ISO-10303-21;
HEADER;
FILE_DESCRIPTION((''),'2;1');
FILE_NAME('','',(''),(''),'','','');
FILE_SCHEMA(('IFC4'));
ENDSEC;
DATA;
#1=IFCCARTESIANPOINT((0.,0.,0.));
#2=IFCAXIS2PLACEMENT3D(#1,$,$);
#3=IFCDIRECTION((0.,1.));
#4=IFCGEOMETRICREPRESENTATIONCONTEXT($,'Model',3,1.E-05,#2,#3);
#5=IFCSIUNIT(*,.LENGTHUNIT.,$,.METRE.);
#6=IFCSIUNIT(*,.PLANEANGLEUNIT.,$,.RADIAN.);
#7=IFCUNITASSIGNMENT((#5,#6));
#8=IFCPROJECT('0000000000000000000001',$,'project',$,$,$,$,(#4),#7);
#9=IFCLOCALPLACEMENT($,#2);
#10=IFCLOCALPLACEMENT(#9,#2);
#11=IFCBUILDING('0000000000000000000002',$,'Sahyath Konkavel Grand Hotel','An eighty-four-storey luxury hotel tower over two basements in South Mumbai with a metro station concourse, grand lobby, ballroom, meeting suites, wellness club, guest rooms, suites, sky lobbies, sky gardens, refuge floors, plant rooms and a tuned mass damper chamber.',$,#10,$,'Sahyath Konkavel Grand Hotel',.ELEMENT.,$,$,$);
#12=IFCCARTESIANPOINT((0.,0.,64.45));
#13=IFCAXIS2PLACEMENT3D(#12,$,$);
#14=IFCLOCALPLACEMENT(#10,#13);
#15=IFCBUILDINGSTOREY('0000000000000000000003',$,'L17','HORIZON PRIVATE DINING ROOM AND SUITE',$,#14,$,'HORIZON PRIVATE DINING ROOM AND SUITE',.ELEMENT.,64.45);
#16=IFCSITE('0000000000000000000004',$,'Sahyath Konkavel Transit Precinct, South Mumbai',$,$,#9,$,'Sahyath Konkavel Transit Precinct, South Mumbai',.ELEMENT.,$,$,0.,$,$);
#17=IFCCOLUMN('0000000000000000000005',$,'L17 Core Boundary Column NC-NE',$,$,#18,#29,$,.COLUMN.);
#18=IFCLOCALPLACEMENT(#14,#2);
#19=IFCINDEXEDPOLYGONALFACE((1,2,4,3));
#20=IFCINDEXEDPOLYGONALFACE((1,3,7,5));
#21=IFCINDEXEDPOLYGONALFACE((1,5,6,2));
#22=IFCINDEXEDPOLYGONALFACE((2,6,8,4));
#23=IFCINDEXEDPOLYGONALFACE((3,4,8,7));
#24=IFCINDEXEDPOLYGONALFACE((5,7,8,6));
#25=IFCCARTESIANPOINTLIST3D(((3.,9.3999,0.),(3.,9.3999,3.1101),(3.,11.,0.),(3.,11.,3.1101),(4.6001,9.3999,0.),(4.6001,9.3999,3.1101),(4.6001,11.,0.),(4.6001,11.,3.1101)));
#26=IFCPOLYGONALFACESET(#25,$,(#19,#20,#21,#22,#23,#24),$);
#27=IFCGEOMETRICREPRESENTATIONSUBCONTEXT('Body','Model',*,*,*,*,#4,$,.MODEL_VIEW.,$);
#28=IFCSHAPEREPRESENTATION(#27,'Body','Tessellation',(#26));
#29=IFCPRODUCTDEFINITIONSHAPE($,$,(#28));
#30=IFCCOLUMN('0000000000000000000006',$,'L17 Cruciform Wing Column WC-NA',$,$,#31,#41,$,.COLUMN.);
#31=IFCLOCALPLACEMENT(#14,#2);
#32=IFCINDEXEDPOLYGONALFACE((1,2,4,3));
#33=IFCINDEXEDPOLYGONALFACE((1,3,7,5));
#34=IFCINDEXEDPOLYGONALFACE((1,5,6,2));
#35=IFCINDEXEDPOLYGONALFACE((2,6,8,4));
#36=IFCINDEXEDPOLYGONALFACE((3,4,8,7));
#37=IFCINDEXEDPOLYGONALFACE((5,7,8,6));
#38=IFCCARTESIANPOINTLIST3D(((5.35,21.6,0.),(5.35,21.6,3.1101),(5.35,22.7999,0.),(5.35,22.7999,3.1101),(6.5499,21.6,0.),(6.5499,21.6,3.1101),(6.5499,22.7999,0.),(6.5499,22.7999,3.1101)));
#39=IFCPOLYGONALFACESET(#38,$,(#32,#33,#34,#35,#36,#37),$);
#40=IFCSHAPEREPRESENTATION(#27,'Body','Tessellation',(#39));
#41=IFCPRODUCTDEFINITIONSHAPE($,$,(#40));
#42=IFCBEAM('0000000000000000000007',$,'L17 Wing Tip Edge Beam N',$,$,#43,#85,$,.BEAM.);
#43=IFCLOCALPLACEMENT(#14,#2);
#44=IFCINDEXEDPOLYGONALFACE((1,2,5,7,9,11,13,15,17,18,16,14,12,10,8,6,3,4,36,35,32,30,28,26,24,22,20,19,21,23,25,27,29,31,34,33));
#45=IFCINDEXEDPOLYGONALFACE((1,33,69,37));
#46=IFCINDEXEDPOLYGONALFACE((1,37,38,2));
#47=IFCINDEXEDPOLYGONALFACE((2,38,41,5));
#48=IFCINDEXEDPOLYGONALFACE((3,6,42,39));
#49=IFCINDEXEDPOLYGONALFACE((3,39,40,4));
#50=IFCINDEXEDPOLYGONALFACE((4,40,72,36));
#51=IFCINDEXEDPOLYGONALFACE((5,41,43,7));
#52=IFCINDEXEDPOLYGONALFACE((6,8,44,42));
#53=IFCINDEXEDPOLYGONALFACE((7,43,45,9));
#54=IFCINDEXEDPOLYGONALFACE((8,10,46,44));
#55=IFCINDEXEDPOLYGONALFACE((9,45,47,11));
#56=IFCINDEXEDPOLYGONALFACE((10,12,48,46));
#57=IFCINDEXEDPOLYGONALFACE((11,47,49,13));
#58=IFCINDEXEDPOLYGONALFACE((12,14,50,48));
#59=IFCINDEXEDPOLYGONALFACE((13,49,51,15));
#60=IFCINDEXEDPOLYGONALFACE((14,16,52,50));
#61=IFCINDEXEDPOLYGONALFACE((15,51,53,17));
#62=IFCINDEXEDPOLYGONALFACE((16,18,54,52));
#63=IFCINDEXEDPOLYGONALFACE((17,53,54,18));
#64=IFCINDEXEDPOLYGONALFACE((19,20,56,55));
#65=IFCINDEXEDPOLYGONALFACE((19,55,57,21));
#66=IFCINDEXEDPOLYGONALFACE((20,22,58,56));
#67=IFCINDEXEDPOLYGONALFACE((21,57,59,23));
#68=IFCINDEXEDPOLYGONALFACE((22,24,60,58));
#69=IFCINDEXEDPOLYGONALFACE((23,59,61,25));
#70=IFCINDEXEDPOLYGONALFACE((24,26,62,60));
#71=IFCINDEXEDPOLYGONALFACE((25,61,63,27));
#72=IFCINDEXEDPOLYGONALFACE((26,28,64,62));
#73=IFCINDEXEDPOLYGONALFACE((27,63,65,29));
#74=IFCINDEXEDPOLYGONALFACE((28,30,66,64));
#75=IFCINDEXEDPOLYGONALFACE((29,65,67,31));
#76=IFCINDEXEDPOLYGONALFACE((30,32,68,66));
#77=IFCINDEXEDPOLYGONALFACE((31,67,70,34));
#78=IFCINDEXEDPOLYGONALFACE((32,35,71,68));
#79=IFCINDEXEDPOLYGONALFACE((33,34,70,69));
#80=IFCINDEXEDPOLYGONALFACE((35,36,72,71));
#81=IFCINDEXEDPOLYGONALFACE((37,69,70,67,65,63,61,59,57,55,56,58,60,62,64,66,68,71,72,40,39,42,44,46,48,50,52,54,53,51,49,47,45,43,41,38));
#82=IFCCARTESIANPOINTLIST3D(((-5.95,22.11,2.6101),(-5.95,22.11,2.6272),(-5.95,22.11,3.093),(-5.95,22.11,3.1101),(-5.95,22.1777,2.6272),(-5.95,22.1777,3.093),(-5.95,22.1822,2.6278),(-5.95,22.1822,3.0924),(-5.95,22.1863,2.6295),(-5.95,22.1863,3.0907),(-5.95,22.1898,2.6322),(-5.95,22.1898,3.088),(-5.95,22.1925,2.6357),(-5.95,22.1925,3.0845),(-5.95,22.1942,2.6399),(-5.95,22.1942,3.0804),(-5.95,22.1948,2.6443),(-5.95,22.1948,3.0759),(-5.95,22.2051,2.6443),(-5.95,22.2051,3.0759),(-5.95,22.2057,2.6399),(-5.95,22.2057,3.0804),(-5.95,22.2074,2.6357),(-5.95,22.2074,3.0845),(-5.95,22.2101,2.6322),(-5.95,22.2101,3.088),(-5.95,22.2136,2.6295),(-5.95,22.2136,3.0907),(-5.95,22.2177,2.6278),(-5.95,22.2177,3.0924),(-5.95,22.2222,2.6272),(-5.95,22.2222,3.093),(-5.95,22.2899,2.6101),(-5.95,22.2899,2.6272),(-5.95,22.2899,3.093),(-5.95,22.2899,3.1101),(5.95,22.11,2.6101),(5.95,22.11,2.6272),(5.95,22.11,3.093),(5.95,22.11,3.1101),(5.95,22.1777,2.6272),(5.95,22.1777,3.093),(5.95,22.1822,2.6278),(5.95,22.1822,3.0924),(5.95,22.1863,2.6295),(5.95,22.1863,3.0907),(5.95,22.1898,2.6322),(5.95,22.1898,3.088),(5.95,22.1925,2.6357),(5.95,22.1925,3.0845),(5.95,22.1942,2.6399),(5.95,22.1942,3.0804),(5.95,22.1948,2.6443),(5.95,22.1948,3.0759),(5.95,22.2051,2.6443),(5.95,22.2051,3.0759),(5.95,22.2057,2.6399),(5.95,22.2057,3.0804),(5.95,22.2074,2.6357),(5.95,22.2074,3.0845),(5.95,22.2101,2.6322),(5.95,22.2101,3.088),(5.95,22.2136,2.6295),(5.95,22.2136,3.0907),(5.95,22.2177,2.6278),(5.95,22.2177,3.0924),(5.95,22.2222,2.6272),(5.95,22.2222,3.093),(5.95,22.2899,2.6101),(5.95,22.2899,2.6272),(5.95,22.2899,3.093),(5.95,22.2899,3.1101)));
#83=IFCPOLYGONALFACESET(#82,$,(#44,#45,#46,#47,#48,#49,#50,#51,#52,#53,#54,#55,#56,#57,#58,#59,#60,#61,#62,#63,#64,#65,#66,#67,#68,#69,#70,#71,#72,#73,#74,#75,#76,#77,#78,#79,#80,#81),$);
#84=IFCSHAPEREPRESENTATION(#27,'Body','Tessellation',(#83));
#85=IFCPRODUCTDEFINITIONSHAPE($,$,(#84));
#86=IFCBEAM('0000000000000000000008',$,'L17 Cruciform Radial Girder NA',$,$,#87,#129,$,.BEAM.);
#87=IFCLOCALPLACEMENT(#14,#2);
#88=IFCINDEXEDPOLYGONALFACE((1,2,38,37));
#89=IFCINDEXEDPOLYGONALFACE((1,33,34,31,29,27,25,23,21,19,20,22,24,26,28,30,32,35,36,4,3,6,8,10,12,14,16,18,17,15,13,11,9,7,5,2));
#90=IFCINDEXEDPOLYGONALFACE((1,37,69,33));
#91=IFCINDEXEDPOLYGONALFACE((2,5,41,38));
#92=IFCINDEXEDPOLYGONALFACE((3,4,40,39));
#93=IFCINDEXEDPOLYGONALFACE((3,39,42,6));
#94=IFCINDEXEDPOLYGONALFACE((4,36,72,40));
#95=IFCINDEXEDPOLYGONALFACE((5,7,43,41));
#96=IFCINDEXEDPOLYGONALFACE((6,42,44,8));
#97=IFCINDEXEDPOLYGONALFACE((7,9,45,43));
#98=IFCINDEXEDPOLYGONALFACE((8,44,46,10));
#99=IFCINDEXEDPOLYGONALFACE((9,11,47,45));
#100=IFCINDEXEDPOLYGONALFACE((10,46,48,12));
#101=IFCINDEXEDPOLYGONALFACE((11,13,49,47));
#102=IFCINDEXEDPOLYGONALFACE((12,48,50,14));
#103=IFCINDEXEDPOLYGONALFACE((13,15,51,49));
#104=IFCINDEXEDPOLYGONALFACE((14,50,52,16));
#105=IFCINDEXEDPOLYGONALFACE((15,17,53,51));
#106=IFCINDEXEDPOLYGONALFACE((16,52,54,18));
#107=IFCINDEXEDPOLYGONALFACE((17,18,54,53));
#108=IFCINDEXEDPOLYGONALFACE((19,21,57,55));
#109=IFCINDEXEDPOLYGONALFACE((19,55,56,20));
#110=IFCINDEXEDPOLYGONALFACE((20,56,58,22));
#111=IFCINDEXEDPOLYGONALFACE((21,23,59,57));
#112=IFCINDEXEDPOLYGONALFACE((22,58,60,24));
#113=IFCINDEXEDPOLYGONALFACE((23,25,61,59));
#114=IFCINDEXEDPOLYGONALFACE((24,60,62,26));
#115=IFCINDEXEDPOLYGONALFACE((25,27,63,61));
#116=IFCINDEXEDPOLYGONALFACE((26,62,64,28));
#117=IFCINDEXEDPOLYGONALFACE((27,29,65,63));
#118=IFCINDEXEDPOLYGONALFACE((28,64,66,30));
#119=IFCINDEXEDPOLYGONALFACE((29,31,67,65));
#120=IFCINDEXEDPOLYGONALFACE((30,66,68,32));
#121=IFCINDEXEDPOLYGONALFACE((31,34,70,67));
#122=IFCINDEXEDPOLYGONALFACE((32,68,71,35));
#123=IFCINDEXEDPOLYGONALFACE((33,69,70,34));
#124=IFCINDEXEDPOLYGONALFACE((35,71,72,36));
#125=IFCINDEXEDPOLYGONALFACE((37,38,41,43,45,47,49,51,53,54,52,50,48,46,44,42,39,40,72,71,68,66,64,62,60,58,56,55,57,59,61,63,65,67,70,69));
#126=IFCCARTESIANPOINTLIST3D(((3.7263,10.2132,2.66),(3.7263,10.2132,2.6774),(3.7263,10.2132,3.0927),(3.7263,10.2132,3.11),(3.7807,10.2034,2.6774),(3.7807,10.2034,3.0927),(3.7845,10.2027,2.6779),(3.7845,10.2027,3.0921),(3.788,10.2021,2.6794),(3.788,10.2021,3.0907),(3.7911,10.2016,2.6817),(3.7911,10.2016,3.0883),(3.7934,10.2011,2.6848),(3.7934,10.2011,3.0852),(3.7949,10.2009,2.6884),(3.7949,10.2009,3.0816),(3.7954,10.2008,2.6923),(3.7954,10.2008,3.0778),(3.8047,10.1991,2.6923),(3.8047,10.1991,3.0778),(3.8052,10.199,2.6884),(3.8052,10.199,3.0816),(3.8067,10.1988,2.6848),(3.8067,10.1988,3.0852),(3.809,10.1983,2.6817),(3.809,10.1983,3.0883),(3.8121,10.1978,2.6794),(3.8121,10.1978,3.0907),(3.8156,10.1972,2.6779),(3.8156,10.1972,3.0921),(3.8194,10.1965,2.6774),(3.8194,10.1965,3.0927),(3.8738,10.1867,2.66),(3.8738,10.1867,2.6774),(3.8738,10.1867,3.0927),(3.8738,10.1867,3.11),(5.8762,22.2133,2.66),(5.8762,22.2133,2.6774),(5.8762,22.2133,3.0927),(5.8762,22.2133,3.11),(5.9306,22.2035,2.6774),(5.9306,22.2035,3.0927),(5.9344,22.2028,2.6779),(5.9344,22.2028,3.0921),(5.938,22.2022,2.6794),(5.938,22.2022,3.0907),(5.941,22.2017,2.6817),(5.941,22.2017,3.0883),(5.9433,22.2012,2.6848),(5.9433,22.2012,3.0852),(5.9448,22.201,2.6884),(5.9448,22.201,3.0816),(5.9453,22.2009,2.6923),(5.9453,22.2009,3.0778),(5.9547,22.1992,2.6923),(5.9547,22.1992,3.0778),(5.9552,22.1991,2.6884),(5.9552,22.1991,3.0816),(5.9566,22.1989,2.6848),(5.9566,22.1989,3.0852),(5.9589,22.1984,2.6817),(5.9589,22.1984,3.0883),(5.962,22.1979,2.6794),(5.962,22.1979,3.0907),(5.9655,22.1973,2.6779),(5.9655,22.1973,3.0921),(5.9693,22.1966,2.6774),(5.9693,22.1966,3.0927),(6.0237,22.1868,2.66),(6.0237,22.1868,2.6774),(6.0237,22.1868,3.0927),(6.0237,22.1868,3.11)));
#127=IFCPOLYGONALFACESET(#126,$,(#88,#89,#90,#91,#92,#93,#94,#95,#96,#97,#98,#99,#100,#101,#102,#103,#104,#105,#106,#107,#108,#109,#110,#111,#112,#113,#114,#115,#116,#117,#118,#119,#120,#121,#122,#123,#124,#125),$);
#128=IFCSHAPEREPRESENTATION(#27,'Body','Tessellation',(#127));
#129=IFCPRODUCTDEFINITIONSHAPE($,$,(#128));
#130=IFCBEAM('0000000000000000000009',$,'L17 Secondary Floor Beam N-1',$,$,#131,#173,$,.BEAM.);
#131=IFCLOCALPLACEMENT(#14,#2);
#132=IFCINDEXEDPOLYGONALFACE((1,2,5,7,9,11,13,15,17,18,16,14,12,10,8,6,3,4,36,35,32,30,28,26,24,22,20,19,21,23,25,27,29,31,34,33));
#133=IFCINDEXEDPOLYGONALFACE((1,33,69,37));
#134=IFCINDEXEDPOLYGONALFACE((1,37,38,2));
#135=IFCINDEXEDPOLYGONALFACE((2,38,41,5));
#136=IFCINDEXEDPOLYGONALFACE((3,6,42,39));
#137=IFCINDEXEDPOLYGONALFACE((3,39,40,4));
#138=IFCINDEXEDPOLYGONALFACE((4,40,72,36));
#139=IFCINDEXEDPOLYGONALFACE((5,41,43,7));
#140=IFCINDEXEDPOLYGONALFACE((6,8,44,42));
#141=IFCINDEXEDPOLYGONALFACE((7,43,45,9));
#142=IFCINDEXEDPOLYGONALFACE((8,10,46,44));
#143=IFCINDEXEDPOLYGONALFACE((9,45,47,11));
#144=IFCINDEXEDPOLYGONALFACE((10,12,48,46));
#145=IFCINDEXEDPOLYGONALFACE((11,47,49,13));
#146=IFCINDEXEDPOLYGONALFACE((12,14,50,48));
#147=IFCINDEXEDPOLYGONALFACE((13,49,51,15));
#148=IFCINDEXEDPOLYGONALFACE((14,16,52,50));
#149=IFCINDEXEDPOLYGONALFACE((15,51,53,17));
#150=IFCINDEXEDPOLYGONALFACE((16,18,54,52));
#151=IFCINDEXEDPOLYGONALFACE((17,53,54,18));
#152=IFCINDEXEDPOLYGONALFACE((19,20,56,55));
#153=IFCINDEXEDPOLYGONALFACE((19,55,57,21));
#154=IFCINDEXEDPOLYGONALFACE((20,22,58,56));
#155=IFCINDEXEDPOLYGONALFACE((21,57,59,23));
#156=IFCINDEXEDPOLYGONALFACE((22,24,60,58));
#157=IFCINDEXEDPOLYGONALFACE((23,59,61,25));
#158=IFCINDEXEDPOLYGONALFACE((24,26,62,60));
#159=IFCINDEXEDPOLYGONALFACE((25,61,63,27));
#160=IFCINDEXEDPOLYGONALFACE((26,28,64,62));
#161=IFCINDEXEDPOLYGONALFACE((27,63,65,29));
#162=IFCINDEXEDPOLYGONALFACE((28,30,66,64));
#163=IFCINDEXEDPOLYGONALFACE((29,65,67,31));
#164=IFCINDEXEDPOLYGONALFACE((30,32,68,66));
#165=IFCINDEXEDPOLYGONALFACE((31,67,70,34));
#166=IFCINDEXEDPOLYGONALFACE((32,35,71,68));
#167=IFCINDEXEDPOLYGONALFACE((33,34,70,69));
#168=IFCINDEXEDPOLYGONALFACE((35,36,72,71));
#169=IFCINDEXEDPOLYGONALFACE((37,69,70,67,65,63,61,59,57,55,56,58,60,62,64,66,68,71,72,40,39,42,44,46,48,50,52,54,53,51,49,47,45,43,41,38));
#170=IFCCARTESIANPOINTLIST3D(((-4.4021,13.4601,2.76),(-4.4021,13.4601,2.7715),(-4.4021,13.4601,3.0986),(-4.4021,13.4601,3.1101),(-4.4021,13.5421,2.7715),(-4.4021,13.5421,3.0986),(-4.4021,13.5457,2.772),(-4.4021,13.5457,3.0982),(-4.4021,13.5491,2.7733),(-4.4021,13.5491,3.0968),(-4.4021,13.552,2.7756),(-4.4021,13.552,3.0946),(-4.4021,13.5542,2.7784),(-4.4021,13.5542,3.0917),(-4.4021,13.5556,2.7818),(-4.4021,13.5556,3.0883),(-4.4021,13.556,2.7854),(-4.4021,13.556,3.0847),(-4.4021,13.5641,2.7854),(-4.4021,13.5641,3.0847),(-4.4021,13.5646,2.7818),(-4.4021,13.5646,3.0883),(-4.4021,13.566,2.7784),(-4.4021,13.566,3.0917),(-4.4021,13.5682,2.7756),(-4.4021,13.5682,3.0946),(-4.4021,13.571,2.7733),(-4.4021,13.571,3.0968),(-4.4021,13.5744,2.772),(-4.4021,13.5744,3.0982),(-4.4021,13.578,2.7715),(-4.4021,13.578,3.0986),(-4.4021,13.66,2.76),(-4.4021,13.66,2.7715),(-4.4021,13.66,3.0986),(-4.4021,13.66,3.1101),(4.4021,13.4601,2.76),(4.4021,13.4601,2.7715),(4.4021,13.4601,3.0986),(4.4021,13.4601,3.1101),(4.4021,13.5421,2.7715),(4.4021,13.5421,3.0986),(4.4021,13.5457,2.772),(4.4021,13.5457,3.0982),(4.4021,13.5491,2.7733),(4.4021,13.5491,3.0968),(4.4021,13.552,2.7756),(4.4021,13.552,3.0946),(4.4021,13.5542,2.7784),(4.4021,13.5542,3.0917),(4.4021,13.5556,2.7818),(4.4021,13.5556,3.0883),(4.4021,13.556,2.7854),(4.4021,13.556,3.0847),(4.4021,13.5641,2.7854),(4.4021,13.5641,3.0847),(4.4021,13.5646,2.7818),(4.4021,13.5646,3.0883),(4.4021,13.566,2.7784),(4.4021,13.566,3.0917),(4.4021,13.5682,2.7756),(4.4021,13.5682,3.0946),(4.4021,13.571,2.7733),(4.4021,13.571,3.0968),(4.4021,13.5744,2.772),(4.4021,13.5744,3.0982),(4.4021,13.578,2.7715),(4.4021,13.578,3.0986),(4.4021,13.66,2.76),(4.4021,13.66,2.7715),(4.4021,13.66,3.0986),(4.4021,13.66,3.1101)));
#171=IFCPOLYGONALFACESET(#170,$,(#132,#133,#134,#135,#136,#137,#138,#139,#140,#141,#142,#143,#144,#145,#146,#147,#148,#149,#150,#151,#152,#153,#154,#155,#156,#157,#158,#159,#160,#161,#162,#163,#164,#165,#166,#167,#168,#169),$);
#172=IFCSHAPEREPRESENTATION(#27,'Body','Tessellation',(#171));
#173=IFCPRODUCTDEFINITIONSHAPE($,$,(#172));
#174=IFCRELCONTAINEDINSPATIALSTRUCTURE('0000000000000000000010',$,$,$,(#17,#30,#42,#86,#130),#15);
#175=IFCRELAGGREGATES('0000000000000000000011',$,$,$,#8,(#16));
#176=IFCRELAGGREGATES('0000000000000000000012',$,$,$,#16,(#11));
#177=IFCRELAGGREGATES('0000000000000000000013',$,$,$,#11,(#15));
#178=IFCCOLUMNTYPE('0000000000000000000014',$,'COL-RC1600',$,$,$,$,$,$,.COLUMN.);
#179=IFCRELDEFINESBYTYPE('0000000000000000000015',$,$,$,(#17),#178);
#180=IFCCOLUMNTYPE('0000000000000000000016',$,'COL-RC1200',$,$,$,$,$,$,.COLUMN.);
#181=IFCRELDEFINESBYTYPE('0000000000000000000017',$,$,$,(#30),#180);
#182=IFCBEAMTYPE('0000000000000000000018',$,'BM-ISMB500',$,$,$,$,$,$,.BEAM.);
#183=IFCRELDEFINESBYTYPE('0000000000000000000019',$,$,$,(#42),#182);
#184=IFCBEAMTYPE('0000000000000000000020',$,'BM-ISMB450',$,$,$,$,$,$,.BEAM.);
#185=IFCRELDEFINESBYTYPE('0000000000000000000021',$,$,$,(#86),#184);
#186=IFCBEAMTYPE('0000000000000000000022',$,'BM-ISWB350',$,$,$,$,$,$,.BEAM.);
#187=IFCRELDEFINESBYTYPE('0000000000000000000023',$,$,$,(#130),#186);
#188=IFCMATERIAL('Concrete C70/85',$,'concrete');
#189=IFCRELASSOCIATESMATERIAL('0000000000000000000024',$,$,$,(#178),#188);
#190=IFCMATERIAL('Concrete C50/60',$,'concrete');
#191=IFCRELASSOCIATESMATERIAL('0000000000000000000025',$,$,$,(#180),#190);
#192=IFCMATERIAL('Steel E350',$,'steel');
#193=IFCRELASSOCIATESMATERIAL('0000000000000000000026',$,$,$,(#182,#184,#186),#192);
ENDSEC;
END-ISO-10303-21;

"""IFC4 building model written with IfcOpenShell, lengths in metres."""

from ifc_helpers import new_model, si_unit, direction, frame, origin, origin_2d, place, context, subcontext, project, spatial, rectangle, i_section, extrude, source, transform, mapped, material, material_profile, profile_set, type_object, element, save


model = new_model("IFC4")

# Units and contexts
model_context = context("Model", 3, precision=1e-05, world=origin(), true_north=direction((0.0, 1.0)))
body_context = subcontext(model_context, "Body", "Model", "MODEL_VIEW")
ifc_project = project(units=[si_unit("LENGTHUNIT", "METRE"), si_unit("PLANEANGLEUNIT", "RADIAN")], contexts=[model_context])

# Site, building, storey
site_placement = place(None, origin())
site = spatial("IfcSite", under=ifc_project, at=site_placement, Name="Sahyath Konkavel Transit Precinct, South Mumbai", LongName="Sahyath Konkavel Transit Precinct, South Mumbai", CompositionType="ELEMENT", RefElevation=0.0)
building_placement = place(site_placement, origin())
building = spatial("IfcBuilding", under=site, at=building_placement, Name="Sahyath Konkavel Grand Hotel", Description="An eighty-four-storey luxury hotel tower over two basements in South Mumbai with a metro station concourse, grand lobby, ballroom, meeting suites, wellness club, guest rooms, suites, sky lobbies, sky gardens, refuge floors, plant rooms and a tuned mass damper chamber.", LongName="Sahyath Konkavel Grand Hotel", CompositionType="ELEMENT")
storey_placement = place(building_placement, frame((0.0, 0.0, 64.45)))
storey = spatial("IfcBuildingStorey", under=building, at=storey_placement, Name="L17", Description="HORIZON PRIVATE DINING ROOM AND SUITE", LongName="HORIZON PRIVATE DINING ROOM AND SUITE", CompositionType="ELEMENT", Elevation=64.45)

# Columns
ifc_material_1 = material(Name="Concrete C70/85", Category="concrete")
ifc_material_profile_1 = material_profile(ifc_material_1, rectangle(XDim=1.6001, YDim=1.6001, at=origin_2d()), Name="RC 1600x1600")
ifc_profile_set_1 = profile_set([ifc_material_profile_1], Name="Concrete C70/85")
column_type_1 = type_object("IfcColumnType", Name="COL-RC1600", PredefinedType="COLUMN", material=ifc_profile_set_1)
shared_shape_1 = source(origin(), body_context, "Body", "SweptSolid", [
    extrude(rectangle(XDim=1.6001, YDim=1.6001, at=origin_2d()), origin(), (0.0, 0.0, 1.0), 3.1101),
])
column_1_placement = place(storey_placement, frame((3.8, 10.2, 0.0), z_axis=(0.0, 0.0, 1.0), x_axis=(1.0, 0.0, 0.0)))
element("IfcColumn", 1, at=column_1_placement, inside=storey, type_object=column_type_1, Name="L17 Core Boundary Column NC-NE", PredefinedType="COLUMN", context=body_context, shape_type="MappedRepresentation", body=[
    mapped(shared_shape_1, transform((0.0, 0.0, 0.0), scale=1.0)),
])
ifc_material_2 = material(Name="Concrete C50/60", Category="concrete")
ifc_material_profile_2 = material_profile(ifc_material_2, rectangle(XDim=1.2, YDim=1.2, at=origin_2d()), Name="RC 1200x1200")
ifc_profile_set_2 = profile_set([ifc_material_profile_2], Name="Concrete C50/60")
column_type_2 = type_object("IfcColumnType", Name="COL-RC1200", PredefinedType="COLUMN", material=ifc_profile_set_2)
shared_shape_2 = source(origin(), body_context, "Body", "SweptSolid", [
    extrude(rectangle(XDim=1.2, YDim=1.2, at=origin_2d()), origin(), (0.0, 0.0, 1.0), 3.1101),
])
column_2_placement = place(storey_placement, frame((5.95, 22.2, 0.0), z_axis=(0.0, 0.0, 1.0), x_axis=(1.0, 0.0, 0.0)))
element("IfcColumn", 2, at=column_2_placement, inside=storey, type_object=column_type_2, Name="L17 Cruciform Wing Column WC-NA", PredefinedType="COLUMN", context=body_context, shape_type="MappedRepresentation", body=[
    mapped(shared_shape_2, transform((0.0, 0.0, 0.0), scale=1.0)),
])

# Beams
ifc_material_3 = material(Name="Steel E350", Category="steel")
ifc_material_profile_3 = material_profile(ifc_material_3, i_section(OverallWidth=0.1799, OverallDepth=0.5, WebThickness=0.0103, FlangeThickness=0.0171, FilletRadius=0.0171, at=origin_2d()), Name="ISMB 500")
ifc_profile_set_3 = profile_set([ifc_material_profile_3], Name="Steel E350")
beam_type_1 = type_object("IfcBeamType", Name="BM-ISMB500", PredefinedType="BEAM", material=ifc_profile_set_3)
shared_shape_3 = source(origin(), body_context, "Body", "SweptSolid", [
    extrude(i_section(OverallWidth=0.1799, OverallDepth=0.5, WebThickness=0.0103, FlangeThickness=0.0171, FilletRadius=0.0171, at=origin_2d()), origin(), (0.0, 0.0, 1.0), 11.8999),
])
beam_1_placement = place(storey_placement, frame((5.95, 22.2, 2.8601), z_axis=(-1.0, 0.0, 0.0), x_axis=(0.0, -1.0, 0.0)))
element("IfcBeam", 3, at=beam_1_placement, inside=storey, type_object=beam_type_1, Name="L17 Wing Tip Edge Beam N", PredefinedType="BEAM", context=body_context, shape_type="MappedRepresentation", body=[
    mapped(shared_shape_3, transform((0.0, 0.0, 0.0), scale=1.0)),
])
ifc_material_profile_4 = material_profile(ifc_material_3, i_section(OverallWidth=0.1499, OverallDepth=0.45, WebThickness=0.0095, FlangeThickness=0.0173, FilletRadius=0.0149, at=origin_2d()), Name="ISMB 450")
ifc_profile_set_4 = profile_set([ifc_material_profile_4], Name="Steel E350")
beam_type_2 = type_object("IfcBeamType", Name="BM-ISMB450", PredefinedType="BEAM", material=ifc_profile_set_4)
shared_shape_4 = source(origin(), body_context, "Body", "SweptSolid", [
    extrude(i_section(OverallWidth=0.1499, OverallDepth=0.45, WebThickness=0.0095, FlangeThickness=0.0173, FilletRadius=0.0149, at=origin_2d()), origin(), (0.0, 0.0, 1.0), 12.1912),
])
beam_2_placement = place(storey_placement, frame((3.8, 10.2, 2.885), z_axis=(0.176351, 0.984327, 0.0), x_axis=(-0.984327, 0.176351, 0.0)))
element("IfcBeam", 4, at=beam_2_placement, inside=storey, type_object=beam_type_2, Name="L17 Cruciform Radial Girder NA", PredefinedType="BEAM", context=body_context, shape_type="MappedRepresentation", body=[
    mapped(shared_shape_4, transform((0.0, 0.0, 0.0), scale=1.0)),
])
ifc_material_profile_5 = material_profile(ifc_material_3, i_section(OverallWidth=0.2, OverallDepth=0.3501, WebThickness=0.0081, FlangeThickness=0.0115, FilletRadius=0.0139, at=origin_2d()), Name="ISWB 350")
ifc_profile_set_5 = profile_set([ifc_material_profile_5], Name="Steel E350")
beam_type_3 = type_object("IfcBeamType", Name="BM-ISWB350", PredefinedType="BEAM", material=ifc_profile_set_5)
shared_shape_5 = source(origin(), body_context, "Body", "SweptSolid", [
    extrude(i_section(OverallWidth=0.2, OverallDepth=0.3501, WebThickness=0.0081, FlangeThickness=0.0115, FilletRadius=0.0139, at=origin_2d()), origin(), (0.0, 0.0, 1.0), 8.8042),
])
beam_3_placement = place(storey_placement, frame((4.4021, 13.5601, 2.9351), z_axis=(-1.0, 0.0, 0.0), x_axis=(0.0, -1.0, 0.0)))
element("IfcBeam", 5, at=beam_3_placement, inside=storey, type_object=beam_type_3, Name="L17 Secondary Floor Beam N-1", PredefinedType="BEAM", context=body_context, shape_type="MappedRepresentation", body=[
    mapped(shared_shape_5, transform((0.0, 0.0, 0.0), scale=1.0)),
])

save(model, "model.ifc")
